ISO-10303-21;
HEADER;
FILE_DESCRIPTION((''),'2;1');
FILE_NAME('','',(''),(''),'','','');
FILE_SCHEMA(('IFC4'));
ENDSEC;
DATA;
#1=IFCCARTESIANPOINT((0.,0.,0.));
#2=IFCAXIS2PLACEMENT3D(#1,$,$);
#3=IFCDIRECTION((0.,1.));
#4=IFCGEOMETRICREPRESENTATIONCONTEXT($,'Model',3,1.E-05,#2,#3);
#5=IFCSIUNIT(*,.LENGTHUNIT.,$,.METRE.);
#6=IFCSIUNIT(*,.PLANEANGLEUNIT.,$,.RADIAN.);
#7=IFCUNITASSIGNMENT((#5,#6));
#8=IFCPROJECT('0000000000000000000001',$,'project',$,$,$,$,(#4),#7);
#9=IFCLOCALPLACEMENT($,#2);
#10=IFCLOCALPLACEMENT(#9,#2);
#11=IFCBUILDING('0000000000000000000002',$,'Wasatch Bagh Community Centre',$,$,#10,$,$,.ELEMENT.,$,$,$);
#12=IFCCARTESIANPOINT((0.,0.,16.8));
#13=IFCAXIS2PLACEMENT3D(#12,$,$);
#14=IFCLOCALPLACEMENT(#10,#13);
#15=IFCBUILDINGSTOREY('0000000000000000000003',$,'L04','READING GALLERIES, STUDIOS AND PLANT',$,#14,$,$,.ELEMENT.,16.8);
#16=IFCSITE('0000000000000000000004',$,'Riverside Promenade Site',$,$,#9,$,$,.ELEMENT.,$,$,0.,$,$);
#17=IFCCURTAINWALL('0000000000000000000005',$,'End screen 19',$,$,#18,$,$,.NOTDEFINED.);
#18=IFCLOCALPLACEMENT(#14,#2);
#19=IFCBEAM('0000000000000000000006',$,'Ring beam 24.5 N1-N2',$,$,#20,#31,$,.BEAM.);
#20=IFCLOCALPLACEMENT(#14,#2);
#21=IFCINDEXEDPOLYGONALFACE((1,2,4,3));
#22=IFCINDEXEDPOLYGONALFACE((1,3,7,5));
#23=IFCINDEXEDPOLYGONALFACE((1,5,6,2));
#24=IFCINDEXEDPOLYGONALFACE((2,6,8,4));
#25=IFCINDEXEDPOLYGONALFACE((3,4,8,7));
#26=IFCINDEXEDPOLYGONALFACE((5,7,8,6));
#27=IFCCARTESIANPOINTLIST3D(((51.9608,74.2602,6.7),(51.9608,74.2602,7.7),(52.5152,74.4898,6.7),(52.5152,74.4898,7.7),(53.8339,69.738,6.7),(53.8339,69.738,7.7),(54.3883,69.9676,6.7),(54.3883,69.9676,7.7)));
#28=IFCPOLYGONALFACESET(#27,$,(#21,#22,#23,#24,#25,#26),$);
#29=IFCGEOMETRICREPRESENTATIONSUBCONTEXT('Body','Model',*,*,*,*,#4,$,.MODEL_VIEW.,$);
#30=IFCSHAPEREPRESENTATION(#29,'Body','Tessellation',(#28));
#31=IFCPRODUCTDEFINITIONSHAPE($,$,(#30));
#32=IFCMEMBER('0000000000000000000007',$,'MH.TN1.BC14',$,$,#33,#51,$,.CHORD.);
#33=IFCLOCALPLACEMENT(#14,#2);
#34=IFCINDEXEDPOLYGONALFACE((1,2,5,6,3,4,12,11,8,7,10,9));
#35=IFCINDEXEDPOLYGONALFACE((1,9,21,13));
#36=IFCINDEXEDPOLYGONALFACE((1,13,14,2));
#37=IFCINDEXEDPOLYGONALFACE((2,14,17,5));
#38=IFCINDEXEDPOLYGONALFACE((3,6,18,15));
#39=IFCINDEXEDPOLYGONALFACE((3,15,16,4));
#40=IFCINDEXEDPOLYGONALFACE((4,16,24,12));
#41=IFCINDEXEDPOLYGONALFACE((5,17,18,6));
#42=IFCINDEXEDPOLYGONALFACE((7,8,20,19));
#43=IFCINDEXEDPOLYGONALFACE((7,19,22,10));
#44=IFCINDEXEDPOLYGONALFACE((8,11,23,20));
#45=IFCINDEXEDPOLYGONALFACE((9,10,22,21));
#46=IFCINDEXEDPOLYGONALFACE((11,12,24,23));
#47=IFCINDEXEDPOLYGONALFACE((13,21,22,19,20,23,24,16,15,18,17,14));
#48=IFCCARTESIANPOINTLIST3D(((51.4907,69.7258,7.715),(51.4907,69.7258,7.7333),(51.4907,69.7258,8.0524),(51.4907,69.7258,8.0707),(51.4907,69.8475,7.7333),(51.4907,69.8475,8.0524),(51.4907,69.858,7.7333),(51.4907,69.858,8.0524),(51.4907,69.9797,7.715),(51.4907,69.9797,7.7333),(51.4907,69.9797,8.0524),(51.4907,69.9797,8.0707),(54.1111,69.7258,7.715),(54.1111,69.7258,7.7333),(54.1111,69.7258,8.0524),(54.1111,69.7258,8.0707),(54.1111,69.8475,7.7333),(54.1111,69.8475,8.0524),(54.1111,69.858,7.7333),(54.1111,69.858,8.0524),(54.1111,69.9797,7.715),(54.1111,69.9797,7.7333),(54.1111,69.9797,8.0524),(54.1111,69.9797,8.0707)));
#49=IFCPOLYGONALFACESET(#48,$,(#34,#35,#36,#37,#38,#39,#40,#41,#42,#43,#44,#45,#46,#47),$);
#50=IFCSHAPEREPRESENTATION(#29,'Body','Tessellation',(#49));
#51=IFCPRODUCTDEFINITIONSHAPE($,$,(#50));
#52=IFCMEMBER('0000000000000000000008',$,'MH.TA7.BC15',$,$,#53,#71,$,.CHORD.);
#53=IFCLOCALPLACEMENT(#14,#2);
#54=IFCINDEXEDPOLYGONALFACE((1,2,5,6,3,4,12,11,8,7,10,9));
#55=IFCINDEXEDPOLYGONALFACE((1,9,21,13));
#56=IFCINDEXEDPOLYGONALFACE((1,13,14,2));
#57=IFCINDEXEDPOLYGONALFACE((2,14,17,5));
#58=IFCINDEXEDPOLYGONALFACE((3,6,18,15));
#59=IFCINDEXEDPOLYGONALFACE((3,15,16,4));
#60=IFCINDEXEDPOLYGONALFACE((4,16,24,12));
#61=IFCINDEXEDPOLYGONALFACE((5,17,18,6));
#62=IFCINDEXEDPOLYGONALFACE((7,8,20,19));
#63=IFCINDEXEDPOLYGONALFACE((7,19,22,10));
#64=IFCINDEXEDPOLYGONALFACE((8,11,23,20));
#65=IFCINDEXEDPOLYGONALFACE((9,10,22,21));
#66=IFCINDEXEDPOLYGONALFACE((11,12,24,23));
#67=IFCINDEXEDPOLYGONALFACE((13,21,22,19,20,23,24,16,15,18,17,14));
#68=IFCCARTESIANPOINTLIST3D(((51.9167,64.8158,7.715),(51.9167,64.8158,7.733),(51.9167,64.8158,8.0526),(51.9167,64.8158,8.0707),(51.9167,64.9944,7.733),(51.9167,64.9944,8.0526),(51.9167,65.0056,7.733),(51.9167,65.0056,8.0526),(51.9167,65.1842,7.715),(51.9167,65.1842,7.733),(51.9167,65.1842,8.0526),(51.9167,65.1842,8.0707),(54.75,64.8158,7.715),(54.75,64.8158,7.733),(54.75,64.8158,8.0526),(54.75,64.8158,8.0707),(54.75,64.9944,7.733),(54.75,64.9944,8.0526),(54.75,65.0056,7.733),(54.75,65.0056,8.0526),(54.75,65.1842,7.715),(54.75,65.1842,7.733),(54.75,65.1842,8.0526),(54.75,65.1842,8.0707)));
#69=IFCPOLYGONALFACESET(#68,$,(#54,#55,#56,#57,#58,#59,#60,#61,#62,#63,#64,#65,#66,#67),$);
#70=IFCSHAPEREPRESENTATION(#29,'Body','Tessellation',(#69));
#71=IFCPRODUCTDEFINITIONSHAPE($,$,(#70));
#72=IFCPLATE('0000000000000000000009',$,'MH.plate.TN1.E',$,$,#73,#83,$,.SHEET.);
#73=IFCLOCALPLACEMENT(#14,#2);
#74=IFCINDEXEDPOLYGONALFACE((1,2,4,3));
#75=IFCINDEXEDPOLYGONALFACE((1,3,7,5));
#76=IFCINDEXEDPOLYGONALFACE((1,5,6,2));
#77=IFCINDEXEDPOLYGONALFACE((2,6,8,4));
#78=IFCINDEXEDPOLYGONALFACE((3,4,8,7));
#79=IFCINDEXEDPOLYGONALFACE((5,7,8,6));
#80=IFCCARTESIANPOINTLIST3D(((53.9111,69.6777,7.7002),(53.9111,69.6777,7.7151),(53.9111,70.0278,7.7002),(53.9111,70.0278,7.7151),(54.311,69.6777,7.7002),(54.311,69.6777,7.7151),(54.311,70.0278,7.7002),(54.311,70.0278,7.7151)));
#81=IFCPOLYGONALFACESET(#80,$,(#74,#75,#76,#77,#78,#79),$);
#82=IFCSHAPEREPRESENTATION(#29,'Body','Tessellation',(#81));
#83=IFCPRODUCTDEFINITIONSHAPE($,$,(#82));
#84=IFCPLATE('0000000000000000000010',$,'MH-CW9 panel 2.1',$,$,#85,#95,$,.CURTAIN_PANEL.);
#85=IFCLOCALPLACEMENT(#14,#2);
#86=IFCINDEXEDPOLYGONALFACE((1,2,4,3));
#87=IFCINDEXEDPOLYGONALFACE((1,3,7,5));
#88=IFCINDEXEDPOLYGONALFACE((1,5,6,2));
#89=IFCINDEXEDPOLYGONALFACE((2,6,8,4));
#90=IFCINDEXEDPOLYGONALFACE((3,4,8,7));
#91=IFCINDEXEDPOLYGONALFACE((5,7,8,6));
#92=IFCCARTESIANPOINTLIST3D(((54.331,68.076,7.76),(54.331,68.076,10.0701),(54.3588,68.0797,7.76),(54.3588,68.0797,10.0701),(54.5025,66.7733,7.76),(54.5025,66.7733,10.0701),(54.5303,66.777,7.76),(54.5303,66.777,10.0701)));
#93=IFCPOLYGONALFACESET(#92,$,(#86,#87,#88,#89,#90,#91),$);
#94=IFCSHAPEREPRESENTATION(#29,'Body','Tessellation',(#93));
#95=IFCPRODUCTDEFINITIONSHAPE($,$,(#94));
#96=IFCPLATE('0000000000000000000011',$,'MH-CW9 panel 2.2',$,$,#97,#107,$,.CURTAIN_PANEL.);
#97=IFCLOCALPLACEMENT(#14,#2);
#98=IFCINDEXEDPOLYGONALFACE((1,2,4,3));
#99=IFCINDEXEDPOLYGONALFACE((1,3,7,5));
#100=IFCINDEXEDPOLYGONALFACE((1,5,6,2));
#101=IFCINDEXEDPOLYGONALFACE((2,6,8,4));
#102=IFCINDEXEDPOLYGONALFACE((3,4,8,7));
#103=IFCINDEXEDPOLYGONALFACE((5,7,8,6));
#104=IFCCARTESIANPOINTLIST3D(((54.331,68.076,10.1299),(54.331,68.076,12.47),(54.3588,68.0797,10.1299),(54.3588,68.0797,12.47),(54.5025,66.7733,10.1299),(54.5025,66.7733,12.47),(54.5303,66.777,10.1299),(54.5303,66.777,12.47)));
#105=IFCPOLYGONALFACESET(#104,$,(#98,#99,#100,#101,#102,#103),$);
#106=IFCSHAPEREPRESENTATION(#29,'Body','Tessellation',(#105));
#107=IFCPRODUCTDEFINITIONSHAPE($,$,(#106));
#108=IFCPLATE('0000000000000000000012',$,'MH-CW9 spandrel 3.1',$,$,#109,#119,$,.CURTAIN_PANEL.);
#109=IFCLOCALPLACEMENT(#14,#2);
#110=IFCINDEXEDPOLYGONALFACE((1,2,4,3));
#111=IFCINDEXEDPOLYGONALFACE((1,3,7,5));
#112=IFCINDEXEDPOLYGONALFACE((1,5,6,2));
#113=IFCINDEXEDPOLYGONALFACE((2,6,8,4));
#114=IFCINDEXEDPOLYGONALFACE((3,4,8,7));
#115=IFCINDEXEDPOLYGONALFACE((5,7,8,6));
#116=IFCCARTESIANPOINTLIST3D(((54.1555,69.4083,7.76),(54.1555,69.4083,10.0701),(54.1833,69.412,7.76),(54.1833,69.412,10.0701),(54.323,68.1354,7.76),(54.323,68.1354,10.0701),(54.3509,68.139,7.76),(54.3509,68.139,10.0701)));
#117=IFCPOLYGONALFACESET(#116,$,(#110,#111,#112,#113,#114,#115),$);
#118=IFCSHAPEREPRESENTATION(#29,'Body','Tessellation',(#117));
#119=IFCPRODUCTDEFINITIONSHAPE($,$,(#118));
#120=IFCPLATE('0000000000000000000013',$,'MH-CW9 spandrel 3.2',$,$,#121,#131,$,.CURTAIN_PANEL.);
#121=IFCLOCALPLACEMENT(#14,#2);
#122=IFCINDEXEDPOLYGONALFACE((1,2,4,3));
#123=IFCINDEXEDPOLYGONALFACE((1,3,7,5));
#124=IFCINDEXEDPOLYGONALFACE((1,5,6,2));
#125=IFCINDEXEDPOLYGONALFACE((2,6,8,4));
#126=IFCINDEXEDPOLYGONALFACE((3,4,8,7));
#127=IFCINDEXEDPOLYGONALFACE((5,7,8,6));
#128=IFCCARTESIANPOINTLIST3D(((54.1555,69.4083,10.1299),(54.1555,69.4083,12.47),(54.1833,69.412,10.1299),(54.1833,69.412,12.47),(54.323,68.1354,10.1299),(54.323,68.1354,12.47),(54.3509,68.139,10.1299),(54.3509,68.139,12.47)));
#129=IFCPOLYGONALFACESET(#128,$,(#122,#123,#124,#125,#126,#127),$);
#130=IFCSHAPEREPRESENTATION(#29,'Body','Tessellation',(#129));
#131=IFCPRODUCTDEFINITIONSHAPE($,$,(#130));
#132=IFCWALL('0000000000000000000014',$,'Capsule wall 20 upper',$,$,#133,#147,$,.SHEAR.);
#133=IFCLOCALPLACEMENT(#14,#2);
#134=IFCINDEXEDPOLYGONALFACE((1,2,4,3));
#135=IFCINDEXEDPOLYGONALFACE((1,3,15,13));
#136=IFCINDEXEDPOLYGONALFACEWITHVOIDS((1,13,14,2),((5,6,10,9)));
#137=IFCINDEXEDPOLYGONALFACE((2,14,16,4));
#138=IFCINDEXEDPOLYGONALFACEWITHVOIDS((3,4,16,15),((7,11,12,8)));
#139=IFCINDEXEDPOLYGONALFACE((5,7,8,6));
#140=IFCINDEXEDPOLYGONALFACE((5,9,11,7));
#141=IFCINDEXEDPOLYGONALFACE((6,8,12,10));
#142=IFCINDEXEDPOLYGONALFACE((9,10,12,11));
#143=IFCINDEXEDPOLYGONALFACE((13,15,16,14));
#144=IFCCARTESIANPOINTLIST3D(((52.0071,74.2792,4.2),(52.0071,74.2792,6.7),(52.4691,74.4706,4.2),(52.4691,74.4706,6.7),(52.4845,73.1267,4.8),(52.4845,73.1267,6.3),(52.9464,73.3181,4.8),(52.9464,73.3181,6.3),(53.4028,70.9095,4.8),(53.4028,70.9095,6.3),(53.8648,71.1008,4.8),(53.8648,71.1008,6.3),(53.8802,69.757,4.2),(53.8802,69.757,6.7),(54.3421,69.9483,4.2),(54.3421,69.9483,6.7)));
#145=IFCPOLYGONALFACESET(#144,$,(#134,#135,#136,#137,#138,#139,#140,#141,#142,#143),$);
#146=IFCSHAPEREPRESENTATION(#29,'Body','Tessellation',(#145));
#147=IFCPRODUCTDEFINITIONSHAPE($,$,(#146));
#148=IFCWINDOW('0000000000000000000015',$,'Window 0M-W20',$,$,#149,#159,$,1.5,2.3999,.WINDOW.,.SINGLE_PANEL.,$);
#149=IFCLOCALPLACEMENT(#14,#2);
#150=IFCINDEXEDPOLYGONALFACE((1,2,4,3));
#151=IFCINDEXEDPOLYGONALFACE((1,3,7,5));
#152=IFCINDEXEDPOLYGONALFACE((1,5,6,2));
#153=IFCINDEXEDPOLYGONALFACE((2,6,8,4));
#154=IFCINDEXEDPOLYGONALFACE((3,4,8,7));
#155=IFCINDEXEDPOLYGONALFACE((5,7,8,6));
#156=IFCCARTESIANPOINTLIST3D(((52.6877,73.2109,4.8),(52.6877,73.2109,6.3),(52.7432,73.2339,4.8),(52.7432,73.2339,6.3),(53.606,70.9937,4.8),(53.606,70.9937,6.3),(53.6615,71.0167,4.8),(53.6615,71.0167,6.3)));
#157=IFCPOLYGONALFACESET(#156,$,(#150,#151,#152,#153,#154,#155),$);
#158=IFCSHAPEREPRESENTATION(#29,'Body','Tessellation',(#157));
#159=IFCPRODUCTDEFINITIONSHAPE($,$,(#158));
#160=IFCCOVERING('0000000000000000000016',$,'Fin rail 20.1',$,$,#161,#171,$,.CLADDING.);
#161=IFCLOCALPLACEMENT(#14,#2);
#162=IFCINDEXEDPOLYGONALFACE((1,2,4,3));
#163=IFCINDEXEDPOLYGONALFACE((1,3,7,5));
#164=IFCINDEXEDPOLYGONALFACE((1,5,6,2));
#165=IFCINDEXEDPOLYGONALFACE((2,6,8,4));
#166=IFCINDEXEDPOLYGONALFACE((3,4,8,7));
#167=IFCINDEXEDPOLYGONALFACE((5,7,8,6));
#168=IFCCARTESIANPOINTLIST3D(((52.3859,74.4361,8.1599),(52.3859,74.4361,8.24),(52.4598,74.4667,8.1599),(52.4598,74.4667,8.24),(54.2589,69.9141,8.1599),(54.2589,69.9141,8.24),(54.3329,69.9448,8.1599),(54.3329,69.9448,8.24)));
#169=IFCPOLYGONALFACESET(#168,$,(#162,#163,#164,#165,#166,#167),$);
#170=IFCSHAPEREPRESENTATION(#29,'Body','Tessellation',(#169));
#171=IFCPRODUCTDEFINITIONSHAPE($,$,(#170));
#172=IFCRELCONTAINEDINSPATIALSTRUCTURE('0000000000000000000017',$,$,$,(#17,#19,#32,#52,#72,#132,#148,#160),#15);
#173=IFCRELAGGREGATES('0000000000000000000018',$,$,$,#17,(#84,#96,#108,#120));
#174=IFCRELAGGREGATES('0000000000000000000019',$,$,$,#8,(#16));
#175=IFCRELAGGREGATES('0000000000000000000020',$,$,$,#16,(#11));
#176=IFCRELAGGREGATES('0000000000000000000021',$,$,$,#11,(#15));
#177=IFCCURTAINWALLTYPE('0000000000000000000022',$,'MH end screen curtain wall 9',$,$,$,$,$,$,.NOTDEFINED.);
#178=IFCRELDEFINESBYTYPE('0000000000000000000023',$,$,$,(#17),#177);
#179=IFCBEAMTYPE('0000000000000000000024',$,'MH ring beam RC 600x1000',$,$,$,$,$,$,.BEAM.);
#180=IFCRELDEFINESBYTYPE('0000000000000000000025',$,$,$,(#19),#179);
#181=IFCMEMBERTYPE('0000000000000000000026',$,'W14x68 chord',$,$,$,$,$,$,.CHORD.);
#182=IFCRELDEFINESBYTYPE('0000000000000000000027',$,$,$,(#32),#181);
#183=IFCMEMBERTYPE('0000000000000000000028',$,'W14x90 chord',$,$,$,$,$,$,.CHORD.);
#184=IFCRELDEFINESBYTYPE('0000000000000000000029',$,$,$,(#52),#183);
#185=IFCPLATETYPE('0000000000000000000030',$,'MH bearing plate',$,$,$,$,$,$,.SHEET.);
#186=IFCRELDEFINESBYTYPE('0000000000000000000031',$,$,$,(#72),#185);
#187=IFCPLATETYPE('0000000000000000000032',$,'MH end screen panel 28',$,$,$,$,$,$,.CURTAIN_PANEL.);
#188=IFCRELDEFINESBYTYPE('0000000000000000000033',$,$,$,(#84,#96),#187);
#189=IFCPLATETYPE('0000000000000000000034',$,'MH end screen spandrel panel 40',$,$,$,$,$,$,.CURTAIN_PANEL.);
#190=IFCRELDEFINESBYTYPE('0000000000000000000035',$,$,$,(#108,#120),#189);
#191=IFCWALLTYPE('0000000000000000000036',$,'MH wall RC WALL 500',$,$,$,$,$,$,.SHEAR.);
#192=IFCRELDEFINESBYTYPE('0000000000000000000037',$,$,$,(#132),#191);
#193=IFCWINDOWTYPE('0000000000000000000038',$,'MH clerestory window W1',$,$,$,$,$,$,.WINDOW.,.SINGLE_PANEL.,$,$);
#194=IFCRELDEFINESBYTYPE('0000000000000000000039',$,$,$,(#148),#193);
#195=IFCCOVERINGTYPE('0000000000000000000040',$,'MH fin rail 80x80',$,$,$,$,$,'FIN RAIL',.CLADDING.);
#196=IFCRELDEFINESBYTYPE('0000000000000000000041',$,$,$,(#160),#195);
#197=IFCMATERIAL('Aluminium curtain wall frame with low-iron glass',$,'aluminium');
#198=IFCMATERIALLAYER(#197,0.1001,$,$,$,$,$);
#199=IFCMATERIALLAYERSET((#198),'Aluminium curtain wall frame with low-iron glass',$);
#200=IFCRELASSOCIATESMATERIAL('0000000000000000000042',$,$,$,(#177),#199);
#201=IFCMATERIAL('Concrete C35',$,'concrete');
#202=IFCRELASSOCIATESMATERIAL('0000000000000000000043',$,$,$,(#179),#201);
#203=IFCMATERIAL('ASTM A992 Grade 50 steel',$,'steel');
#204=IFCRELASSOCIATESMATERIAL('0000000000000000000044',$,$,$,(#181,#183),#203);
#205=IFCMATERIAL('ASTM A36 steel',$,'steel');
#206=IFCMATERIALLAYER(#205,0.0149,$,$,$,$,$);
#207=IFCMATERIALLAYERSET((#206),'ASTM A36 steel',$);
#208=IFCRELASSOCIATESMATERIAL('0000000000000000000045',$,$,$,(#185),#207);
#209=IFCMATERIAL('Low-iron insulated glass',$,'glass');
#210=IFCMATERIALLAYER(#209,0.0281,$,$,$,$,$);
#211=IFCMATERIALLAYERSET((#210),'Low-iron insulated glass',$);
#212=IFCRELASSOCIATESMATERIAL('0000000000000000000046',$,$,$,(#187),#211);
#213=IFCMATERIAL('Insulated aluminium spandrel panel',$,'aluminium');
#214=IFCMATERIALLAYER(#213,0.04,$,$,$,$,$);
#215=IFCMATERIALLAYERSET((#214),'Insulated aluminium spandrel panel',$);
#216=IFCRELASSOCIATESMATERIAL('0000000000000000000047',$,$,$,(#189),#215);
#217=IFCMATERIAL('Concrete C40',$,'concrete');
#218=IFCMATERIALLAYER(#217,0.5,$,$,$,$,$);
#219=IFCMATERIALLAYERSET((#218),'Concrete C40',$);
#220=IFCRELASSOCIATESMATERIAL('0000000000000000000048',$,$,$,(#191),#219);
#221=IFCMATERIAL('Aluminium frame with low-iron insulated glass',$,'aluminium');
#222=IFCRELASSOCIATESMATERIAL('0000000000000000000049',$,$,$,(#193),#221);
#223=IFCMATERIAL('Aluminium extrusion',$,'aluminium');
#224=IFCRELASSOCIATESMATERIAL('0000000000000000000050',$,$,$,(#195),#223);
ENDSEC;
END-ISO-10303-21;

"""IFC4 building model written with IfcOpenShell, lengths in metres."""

from ifc_helpers import new_model, si_unit, direction, frame, frame_2d, origin, origin_2d, place, context, subcontext, project, spatial, rectangle, i_section, extrude, material, layer, layer_set, material_profile, profile_set, type_object, element, fill, aggregate, save


model = new_model("IFC4")

# Units and contexts
model_context = context("Model", 3, precision=1e-05, world=origin(), true_north=direction((0.0, 1.0)))
body_context = subcontext(model_context, "Body", "Model", "MODEL_VIEW")
ifc_project = project(units=[si_unit("LENGTHUNIT", "METRE"), si_unit("PLANEANGLEUNIT", "RADIAN")], contexts=[model_context])

# Site, building, storey
site_placement = place(None, origin())
site = spatial("IfcSite", under=ifc_project, at=site_placement, Name="Riverside Promenade Site", CompositionType="ELEMENT", RefElevation=0.0)
building_placement = place(site_placement, origin())
building = spatial("IfcBuilding", under=site, at=building_placement, Name="Wasatch Bagh Community Centre", CompositionType="ELEMENT")
storey_placement = place(building_placement, frame((0.0, 0.0, 16.8)))
storey = spatial("IfcBuildingStorey", under=building, at=storey_placement, Name="L04", Description="READING GALLERIES, STUDIOS AND PLANT", CompositionType="ELEMENT", Elevation=16.8)

# Shared definitions
ifc_material_1 = material(Name="Concrete C40", Category="concrete")

# Curtain wall
ifc_material_2 = material(Name="Aluminium curtain wall frame with low-iron glass", Category="aluminium")
ifc_layer_1 = layer(ifc_material_2, 0.1001)
ifc_layer_set_1 = layer_set([ifc_layer_1], Name="Aluminium curtain wall frame with low-iron glass")
curtain_wall_type = type_object("IfcCurtainWallType", Name="MH end screen curtain wall 9", PredefinedType="NOTDEFINED", material=ifc_layer_set_1)
curtain_wall_placement = place(storey_placement, origin())
curtain_wall = element("IfcCurtainWall", 1, at=curtain_wall_placement, inside=storey, type_object=curtain_wall_type, Name="End screen 19", PredefinedType="NOTDEFINED")
ifc_material_3 = material(Name="Aluminium extrusion", Category="aluminium")

# Beam
ifc_material_4 = material(Name="Concrete C35", Category="concrete")
ifc_material_profile_1 = material_profile(ifc_material_4, rectangle(XDim=0.6001, YDim=1.0, at=origin_2d()), Name="RC 600x1000")
ifc_profile_set_1 = profile_set([ifc_material_profile_1], Name="Concrete C35")
beam_type = type_object("IfcBeamType", Name="MH ring beam RC 600x1000", PredefinedType="BEAM", material=ifc_profile_set_1)
beam_placement = place(storey_placement, frame((54.1111, 69.8528, 7.2), z_axis=(-0.382663, 0.923888, 0.0), x_axis=(-0.923888, -0.382663, 0.0)))
element("IfcBeam", 2, at=beam_placement, inside=storey, type_object=beam_type, Name="Ring beam 24.5 N1-N2", PredefinedType="BEAM", context=body_context, shape_type="SweptSolid", body=[
    extrude(rectangle(XDim=0.6001, YDim=1.0, at=origin_2d()), origin(), (0.0, 0.0, 1.0), 4.8948),
])

# Members
ifc_material_5 = material(Name="ASTM A992 Grade 50 steel", Category="steel")
ifc_material_profile_2 = material_profile(ifc_material_5, i_section(OverallWidth=0.2539, OverallDepth=0.3557, WebThickness=0.0105, FlangeThickness=0.0183, at=origin_2d()), Name="W14x68")
ifc_profile_set_2 = profile_set([ifc_material_profile_2], Name="ASTM A992 Grade 50 steel")
member_type_1 = type_object("IfcMemberType", Name="W14x68 chord", PredefinedType="CHORD", material=ifc_profile_set_2)
member_1_placement = place(storey_placement, frame((51.4907, 69.8528, 7.8928), z_axis=(1.0, 0.0, 0.0), x_axis=(0.0, 1.0, 0.0)))
element("IfcMember", 3, at=member_1_placement, inside=storey, type_object=member_type_1, Name="MH.TN1.BC14", PredefinedType="CHORD", context=body_context, shape_type="SweptSolid", body=[
    extrude(i_section(OverallWidth=0.2539, OverallDepth=0.3557, WebThickness=0.0105, FlangeThickness=0.0183, at=origin_2d()), origin(), (0.0, 0.0, 1.0), 2.6204),
])
ifc_material_profile_3 = material_profile(ifc_material_5, i_section(OverallWidth=0.3684, OverallDepth=0.3557, WebThickness=0.0112, FlangeThickness=0.0181, at=origin_2d()), Name="W14x90")
ifc_profile_set_3 = profile_set([ifc_material_profile_3], Name="ASTM A992 Grade 50 steel")
member_type_2 = type_object("IfcMemberType", Name="W14x90 chord", PredefinedType="CHORD", material=ifc_profile_set_3)
member_2_placement = place(storey_placement, frame((51.9167, 65.0, 7.8928), z_axis=(1.0, 0.0, 0.0), x_axis=(0.0, 1.0, 0.0)))
element("IfcMember", 4, at=member_2_placement, inside=storey, type_object=member_type_2, Name="MH.TA7.BC15", PredefinedType="CHORD", context=body_context, shape_type="SweptSolid", body=[
    extrude(i_section(OverallWidth=0.3684, OverallDepth=0.3557, WebThickness=0.0112, FlangeThickness=0.0181, at=origin_2d()), origin(), (0.0, 0.0, 1.0), 2.8333),
])

# Plates
ifc_material_6 = material(Name="ASTM A36 steel", Category="steel")
ifc_layer_2 = layer(ifc_material_6, 0.0149)
ifc_layer_set_2 = layer_set([ifc_layer_2], Name="ASTM A36 steel")
plate_type_1 = type_object("IfcPlateType", Name="MH bearing plate", PredefinedType="SHEET", material=ifc_layer_set_2)
plate_1_placement = place(storey_placement, frame((54.1111, 69.8528, 7.7002), z_axis=(0.0, 0.0, 1.0), x_axis=(1.0, 0.0, 0.0)))
element("IfcPlate", 5, at=plate_1_placement, inside=storey, type_object=plate_type_1, Name="MH.plate.TN1.E", PredefinedType="SHEET", context=body_context, shape_type="SweptSolid", body=[
    extrude(rectangle(XDim=0.3999, YDim=0.3501, at=origin_2d()), origin(), (0.0, 0.0, 1.0), 0.0149),
])
ifc_material_7 = material(Name="Low-iron insulated glass", Category="glass")
ifc_layer_3 = layer(ifc_material_7, 0.0281)
ifc_layer_set_3 = layer_set([ifc_layer_3], Name="Low-iron insulated glass")
plate_type_2 = type_object("IfcPlateType", Name="MH end screen panel 28", PredefinedType="CURTAIN_PANEL", material=ifc_layer_set_3)
plate_2_placement = place(storey_placement, frame((54.4307, 67.4265, 7.76), z_axis=(0.0, 0.0, 1.0), x_axis=(-0.130526, 0.991445, 0.0)))
plate_2 = element("IfcPlate", 6, at=plate_2_placement, type_object=plate_type_2, Name="MH-CW9 panel 2.1", PredefinedType="CURTAIN_PANEL", context=body_context, shape_type="SweptSolid", body=[
    extrude(rectangle(XDim=1.314, YDim=0.0281, at=origin_2d()), origin(), (0.0, 0.0, 1.0), 2.3101),
])
plate_3_placement = place(storey_placement, frame((54.4307, 67.4265, 10.1299), z_axis=(0.0, 0.0, 1.0), x_axis=(-0.130526, 0.991445, 0.0)))
plate_3 = element("IfcPlate", 7, at=plate_3_placement, type_object=plate_type_2, Name="MH-CW9 panel 2.2", PredefinedType="CURTAIN_PANEL", context=body_context, shape_type="SweptSolid", body=[
    extrude(rectangle(XDim=1.314, YDim=0.0281, at=origin_2d()), origin(), (0.0, 0.0, 1.0), 2.3401),
])
ifc_material_8 = material(Name="Insulated aluminium spandrel panel", Category="aluminium")
ifc_layer_4 = layer(ifc_material_8, 0.04)
ifc_layer_set_4 = layer_set([ifc_layer_4], Name="Insulated aluminium spandrel panel")
plate_type_3 = type_object("IfcPlateType", Name="MH end screen spandrel panel 40", PredefinedType="CURTAIN_PANEL", material=ifc_layer_set_4)
plate_4_placement = place(storey_placement, frame((54.2532, 68.7737, 7.76), z_axis=(0.0, 0.0, 1.0), x_axis=(-0.130526, 0.991445, 0.0)))
plate_4 = element("IfcPlate", 8, at=plate_4_placement, type_object=plate_type_3, Name="MH-CW9 spandrel 3.1", PredefinedType="CURTAIN_PANEL", context=body_context, shape_type="SweptSolid", body=[
    extrude(rectangle(XDim=1.2839, YDim=0.0281, at=origin_2d()), origin(), (0.0, 0.0, 1.0), 2.3101),
])
plate_5_placement = place(storey_placement, frame((54.2532, 68.7737, 10.1299), z_axis=(0.0, 0.0, 1.0), x_axis=(-0.130526, 0.991445, 0.0)))
plate_5 = element("IfcPlate", 9, at=plate_5_placement, type_object=plate_type_3, Name="MH-CW9 spandrel 3.2", PredefinedType="CURTAIN_PANEL", context=body_context, shape_type="SweptSolid", body=[
    extrude(rectangle(XDim=1.2839, YDim=0.0281, at=origin_2d()), origin(), (0.0, 0.0, 1.0), 2.3401),
])
aggregate(curtain_wall, [plate_2, plate_3, plate_4, plate_5])

# Wall, opening, window
ifc_layer_5 = layer(ifc_material_1, 0.5)
ifc_layer_set_5 = layer_set([ifc_layer_5], Name="Concrete C40")
wall_type = type_object("IfcWallType", Name="MH wall RC WALL 500", PredefinedType="SHEAR", material=ifc_layer_set_5)
wall_placement = place(storey_placement, frame((54.1111, 69.8528, 4.2), z_axis=(0.0, 0.0, 1.0), x_axis=(-0.382663, 0.923888, 0.0)))
wall = element("IfcWall", 10, at=wall_placement, inside=storey, type_object=wall_type, Name="Capsule wall 20 upper", PredefinedType="SHEAR", context=body_context, shape_type="SweptSolid", body=[
    extrude(rectangle(XDim=4.8948, YDim=0.5, at=frame_2d((2.4473, 0.0))), origin(), (0.0, 0.0, 1.0), 2.5),
])
opening_placement = place(wall_placement, frame((1.2473, 0.0, 0.6001)))
opening = element("IfcOpeningElement", 11, at=opening_placement, cuts=wall, PredefinedType="OPENING", context=body_context, shape_type="SweptSolid", body=[
    extrude(rectangle(XDim=2.3999, YDim=1.5, at=frame_2d((1.2, 0.75))), frame((0.0, 0.26, 0.0), z_axis=(0.0, -1.0, 0.0), x_axis=(1.0, 0.0, 0.0)), (0.0, 0.0, 1.0), 0.52),
])
ifc_material_9 = material(Name="Aluminium frame with low-iron insulated glass", Category="aluminium")
window_type = type_object("IfcWindowType", Name="MH clerestory window W1", PartitioningType="SINGLE_PANEL", PredefinedType="WINDOW", material=ifc_material_9)
window_placement = place(opening_placement, origin())
window = element("IfcWindow", 12, at=window_placement, inside=storey, type_object=window_type, Name="Window 0M-W20", OverallHeight=1.5, OverallWidth=2.3999, PartitioningType="SINGLE_PANEL", PredefinedType="WINDOW", context=body_context, shape_type="SweptSolid", body=[
    extrude(rectangle(XDim=2.3999, YDim=1.5, at=frame_2d((1.2, 0.75))), frame((0.0, 0.03, 0.0), z_axis=(0.0, -1.0, 0.0), x_axis=(1.0, 0.0, 0.0)), (0.0, 0.0, 1.0), 0.0601),
])
fill(opening, window)

# Covering
ifc_material_profile_4 = material_profile(ifc_material_3, rectangle(XDim=0.0801, YDim=0.0801, at=origin_2d()), Name="AL 80x80")
ifc_profile_set_4 = profile_set([ifc_material_profile_4], Name="Aluminium extrusion")
covering_type = type_object("IfcCoveringType", Name="MH fin rail 80x80", ElementType="FIN RAIL", PredefinedType="CLADDING", material=ifc_profile_set_4)
for number, where, z_axis, x_axis, name in (
    (13, (54.2959, 69.9294, 8.2), (-0.382681, 0.923881, 0.0), (-0.923881, -0.382681, 0.0), "Fin rail 20.1"),
):
    element("IfcCovering", number, at=place(storey_placement, frame(where, z_axis=z_axis, x_axis=x_axis)), inside=storey, type_object=covering_type, Name=name, PredefinedType="CLADDING", context=body_context, shape_type="SweptSolid", body=[
        extrude(rectangle(XDim=0.0801, YDim=0.0801, at=origin_2d()), origin(), (0.0, 0.0, 1.0), 4.8945),
    ])

save(model, "model.ifc")
